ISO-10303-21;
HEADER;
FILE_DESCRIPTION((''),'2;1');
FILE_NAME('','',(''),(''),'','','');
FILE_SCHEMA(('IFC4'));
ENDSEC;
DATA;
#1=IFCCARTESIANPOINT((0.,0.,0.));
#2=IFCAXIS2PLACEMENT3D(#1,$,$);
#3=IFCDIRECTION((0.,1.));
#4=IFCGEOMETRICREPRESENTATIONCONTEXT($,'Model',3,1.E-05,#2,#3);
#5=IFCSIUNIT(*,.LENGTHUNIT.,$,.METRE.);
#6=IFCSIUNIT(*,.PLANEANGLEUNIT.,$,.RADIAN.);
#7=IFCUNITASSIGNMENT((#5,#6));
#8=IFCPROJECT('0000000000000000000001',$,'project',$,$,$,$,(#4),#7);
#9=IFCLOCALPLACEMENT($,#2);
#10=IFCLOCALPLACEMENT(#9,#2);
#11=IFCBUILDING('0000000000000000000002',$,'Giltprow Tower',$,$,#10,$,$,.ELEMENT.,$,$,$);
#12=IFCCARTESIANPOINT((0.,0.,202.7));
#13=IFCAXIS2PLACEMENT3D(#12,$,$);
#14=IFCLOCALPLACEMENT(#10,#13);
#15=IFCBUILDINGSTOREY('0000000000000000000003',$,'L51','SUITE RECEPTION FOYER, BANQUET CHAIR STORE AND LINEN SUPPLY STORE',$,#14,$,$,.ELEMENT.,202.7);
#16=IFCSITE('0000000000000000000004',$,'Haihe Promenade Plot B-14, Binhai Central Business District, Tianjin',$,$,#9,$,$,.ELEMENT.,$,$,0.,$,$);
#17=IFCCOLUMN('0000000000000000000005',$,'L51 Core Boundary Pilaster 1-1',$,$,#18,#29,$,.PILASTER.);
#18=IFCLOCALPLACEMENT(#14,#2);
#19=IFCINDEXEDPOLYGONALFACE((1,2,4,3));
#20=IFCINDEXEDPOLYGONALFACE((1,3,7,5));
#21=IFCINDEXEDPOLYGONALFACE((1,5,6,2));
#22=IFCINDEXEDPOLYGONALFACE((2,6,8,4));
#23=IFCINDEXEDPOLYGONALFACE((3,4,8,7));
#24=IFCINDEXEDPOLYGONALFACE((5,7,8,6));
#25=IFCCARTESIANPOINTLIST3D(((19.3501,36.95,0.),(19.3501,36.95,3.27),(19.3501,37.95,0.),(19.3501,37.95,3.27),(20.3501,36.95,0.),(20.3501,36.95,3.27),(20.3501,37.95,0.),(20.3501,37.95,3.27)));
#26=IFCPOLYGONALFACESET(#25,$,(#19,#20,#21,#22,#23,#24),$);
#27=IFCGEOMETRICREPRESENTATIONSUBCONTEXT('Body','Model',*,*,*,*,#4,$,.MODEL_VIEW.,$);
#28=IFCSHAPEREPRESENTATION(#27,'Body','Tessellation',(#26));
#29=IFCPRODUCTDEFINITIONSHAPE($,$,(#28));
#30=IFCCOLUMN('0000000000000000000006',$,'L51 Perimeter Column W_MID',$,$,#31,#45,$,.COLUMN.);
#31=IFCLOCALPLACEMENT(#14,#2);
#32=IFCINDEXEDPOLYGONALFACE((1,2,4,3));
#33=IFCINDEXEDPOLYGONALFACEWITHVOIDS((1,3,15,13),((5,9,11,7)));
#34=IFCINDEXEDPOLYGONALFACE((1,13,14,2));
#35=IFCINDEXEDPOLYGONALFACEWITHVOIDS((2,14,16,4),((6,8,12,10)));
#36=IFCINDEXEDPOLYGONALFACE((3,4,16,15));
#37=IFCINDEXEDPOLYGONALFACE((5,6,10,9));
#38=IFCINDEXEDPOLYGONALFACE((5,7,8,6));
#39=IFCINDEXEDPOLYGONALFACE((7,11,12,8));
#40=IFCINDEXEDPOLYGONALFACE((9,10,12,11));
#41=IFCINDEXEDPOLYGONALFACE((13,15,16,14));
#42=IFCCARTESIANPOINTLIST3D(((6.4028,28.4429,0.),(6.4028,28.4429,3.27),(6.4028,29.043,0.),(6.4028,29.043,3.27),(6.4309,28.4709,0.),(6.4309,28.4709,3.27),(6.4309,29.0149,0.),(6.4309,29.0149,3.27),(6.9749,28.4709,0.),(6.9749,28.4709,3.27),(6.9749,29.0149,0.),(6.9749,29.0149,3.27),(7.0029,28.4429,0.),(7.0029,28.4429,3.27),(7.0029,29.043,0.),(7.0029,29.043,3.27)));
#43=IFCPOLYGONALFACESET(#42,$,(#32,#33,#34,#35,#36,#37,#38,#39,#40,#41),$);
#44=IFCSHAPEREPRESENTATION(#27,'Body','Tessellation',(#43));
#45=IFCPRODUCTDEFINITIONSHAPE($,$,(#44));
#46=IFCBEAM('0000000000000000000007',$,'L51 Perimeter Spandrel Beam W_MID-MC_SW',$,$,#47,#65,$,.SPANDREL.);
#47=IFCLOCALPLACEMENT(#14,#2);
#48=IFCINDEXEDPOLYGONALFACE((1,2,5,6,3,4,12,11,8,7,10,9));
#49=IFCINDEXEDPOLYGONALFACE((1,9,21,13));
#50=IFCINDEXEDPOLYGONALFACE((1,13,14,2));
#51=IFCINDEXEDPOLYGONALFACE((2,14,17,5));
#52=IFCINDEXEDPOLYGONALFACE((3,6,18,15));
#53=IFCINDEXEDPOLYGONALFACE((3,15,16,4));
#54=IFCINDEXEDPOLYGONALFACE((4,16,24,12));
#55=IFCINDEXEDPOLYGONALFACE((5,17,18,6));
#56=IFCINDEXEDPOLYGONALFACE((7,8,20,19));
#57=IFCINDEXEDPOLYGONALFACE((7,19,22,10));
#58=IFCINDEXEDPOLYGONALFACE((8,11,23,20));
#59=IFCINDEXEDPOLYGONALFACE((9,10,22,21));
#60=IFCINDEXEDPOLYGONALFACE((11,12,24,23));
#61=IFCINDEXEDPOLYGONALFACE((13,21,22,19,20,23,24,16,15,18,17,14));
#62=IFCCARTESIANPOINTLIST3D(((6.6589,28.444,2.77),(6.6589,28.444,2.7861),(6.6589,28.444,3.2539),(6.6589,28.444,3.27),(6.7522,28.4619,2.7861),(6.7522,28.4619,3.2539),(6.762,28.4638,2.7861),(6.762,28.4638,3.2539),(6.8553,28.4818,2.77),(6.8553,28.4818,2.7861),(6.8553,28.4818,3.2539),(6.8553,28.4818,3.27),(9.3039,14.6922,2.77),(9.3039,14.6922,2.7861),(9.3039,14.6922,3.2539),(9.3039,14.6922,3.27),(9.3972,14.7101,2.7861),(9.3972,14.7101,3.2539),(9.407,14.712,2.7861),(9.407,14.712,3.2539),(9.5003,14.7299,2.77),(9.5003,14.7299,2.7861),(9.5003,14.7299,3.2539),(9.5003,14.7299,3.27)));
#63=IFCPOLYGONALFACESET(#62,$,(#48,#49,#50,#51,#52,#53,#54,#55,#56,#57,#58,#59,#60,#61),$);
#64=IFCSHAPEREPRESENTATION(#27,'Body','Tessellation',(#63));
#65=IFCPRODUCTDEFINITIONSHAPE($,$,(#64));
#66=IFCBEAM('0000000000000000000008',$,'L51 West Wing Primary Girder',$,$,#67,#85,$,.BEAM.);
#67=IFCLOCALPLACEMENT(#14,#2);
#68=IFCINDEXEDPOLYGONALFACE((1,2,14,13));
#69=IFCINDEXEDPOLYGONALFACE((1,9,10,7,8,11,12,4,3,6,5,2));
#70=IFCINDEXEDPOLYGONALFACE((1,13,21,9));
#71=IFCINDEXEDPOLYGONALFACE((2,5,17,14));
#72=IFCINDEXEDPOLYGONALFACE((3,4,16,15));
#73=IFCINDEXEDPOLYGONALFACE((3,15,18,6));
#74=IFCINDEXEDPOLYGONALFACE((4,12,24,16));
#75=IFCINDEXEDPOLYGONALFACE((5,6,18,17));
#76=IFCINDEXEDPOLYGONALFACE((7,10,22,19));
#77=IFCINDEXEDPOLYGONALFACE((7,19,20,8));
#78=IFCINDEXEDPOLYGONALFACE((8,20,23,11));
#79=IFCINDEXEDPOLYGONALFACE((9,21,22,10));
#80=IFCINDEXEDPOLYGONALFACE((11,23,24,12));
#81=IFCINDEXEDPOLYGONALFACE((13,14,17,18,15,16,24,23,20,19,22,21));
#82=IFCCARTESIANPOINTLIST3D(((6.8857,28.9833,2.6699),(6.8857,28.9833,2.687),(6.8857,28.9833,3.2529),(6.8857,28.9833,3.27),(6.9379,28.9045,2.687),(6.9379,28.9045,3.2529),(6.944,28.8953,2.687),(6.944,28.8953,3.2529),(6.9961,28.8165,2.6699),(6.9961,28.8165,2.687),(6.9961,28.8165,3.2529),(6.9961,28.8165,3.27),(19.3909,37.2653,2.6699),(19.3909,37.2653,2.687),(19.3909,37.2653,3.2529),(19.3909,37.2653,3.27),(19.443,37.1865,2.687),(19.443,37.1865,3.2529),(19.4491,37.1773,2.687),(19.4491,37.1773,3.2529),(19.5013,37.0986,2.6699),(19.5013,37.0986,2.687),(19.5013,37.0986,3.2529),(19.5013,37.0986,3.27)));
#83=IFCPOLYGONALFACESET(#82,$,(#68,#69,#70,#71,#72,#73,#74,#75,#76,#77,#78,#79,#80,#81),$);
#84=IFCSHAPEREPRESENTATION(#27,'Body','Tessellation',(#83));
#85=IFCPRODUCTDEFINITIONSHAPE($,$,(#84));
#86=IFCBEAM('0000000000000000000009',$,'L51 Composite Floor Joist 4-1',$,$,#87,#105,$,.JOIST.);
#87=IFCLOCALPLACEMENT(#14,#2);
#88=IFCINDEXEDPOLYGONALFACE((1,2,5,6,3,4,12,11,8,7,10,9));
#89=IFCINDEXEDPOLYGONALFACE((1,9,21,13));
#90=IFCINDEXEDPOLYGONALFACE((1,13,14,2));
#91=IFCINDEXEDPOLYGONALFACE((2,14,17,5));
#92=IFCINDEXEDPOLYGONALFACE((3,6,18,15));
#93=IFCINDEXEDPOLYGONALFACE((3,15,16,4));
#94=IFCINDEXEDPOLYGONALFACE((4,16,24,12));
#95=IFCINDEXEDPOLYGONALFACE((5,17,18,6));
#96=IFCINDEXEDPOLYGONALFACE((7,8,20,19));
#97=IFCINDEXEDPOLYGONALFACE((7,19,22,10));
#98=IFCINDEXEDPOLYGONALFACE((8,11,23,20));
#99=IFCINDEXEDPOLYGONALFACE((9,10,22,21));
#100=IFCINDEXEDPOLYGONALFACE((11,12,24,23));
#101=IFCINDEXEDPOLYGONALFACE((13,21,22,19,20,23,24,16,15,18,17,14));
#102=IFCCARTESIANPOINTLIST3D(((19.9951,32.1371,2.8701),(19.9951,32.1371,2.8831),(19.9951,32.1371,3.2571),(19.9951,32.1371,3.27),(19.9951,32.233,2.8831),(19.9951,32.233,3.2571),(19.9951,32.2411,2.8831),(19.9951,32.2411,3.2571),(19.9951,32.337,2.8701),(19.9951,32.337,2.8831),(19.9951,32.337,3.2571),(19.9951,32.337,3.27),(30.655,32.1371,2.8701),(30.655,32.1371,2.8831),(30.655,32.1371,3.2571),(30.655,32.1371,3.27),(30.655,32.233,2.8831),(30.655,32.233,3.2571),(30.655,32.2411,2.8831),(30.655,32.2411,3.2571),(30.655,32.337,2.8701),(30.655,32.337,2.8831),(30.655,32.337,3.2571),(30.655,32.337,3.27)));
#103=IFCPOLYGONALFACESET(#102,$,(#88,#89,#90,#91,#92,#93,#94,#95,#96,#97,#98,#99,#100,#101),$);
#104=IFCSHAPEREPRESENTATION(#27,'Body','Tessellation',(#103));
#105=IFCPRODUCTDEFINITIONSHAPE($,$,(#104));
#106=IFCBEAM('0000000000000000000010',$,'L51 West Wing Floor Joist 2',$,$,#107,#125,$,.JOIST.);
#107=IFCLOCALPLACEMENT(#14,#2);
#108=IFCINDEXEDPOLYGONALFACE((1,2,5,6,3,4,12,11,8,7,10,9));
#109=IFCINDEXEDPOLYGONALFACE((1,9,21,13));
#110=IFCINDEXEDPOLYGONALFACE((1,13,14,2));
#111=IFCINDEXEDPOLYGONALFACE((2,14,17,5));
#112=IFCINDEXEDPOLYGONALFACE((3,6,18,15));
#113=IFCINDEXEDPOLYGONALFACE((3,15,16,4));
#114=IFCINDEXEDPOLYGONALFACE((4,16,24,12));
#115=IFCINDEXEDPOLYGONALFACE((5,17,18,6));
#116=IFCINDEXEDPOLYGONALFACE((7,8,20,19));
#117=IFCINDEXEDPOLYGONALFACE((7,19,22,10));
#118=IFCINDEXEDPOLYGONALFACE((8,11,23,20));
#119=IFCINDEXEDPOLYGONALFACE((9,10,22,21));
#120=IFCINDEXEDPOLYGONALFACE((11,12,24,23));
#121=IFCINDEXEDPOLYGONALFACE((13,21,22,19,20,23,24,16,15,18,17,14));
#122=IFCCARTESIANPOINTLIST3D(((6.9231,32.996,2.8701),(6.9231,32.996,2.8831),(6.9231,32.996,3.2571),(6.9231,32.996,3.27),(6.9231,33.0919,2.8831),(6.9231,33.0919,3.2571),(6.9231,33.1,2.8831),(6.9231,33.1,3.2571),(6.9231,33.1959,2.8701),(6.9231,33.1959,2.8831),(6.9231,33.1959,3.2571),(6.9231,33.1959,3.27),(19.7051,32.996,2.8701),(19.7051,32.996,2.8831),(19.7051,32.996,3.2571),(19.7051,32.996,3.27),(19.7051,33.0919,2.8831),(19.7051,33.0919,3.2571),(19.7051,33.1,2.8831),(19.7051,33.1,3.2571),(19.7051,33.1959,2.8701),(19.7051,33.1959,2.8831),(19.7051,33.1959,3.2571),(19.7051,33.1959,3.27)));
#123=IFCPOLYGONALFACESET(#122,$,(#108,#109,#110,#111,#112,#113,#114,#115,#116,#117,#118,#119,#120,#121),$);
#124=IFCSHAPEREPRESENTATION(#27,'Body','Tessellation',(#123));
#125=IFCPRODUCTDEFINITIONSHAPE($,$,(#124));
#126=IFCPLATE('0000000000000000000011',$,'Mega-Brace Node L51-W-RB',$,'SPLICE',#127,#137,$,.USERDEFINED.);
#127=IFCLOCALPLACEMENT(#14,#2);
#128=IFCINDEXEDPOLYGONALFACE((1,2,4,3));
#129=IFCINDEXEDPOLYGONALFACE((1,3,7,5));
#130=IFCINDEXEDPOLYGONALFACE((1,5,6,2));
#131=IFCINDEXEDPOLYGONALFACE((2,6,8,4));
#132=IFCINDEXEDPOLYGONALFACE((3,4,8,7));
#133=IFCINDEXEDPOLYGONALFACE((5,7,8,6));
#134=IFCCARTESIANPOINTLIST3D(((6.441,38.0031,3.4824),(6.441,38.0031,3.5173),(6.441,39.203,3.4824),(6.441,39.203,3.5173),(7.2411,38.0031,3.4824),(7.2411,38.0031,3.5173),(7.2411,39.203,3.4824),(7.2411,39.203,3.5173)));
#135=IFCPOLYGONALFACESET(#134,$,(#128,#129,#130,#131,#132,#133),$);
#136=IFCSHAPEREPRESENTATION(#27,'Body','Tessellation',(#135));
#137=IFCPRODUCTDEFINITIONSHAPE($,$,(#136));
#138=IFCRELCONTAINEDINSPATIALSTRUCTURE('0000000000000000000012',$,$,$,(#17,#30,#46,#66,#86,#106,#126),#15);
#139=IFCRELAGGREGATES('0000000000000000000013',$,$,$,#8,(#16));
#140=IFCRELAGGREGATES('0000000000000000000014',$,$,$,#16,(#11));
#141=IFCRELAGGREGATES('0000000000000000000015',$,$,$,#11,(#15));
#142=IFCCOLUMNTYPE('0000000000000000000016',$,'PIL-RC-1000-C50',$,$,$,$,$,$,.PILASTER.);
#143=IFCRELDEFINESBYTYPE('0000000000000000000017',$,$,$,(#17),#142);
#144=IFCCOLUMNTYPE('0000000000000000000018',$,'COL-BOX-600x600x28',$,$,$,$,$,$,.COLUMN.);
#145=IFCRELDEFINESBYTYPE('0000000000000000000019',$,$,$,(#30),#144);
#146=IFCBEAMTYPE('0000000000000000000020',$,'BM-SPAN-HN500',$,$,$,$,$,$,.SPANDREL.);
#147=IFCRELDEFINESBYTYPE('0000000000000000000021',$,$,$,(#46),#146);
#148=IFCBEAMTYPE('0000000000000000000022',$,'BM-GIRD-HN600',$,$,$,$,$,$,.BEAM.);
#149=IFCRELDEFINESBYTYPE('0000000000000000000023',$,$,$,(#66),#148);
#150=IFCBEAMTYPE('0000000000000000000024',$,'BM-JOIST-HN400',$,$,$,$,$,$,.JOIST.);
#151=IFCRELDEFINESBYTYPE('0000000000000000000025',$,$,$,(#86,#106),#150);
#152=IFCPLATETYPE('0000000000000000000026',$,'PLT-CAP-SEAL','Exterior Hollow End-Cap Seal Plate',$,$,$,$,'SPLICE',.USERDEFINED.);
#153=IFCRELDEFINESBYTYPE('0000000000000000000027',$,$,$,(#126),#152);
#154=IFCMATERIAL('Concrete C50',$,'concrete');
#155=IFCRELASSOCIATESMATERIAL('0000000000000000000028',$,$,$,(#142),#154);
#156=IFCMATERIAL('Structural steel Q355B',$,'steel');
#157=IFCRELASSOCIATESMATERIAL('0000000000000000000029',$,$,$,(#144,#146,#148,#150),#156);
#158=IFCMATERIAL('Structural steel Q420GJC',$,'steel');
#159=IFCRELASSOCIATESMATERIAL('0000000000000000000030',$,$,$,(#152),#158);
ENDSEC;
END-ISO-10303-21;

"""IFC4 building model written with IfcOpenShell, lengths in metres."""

from ifc_helpers import new_model, si_unit, direction, frame, origin, origin_2d, place, context, subcontext, project, spatial, rectangle, hollow_rectangle, i_section, extrude, source, transform, mapped, material, material_profile, profile_set, type_object, element, save


model = new_model("IFC4")

# Units and contexts
model_context = context("Model", 3, precision=1e-05, world=origin(), true_north=direction((0.0, 1.0)))
body_context = subcontext(model_context, "Body", "Model", "MODEL_VIEW")
ifc_project = project(units=[si_unit("LENGTHUNIT", "METRE"), si_unit("PLANEANGLEUNIT", "RADIAN")], contexts=[model_context])

# Site, building, storey
site_placement = place(None, origin())
site = spatial("IfcSite", under=ifc_project, at=site_placement, Name="Haihe Promenade Plot B-14, Binhai Central Business District, Tianjin", CompositionType="ELEMENT", RefElevation=0.0)
building_placement = place(site_placement, origin())
building = spatial("IfcBuilding", under=site, at=building_placement, Name="Giltprow Tower", CompositionType="ELEMENT")
storey_placement = place(building_placement, frame((0.0, 0.0, 202.7)))
storey = spatial("IfcBuildingStorey", under=building, at=storey_placement, Name="L51", Description="SUITE RECEPTION FOYER, BANQUET CHAIR STORE AND LINEN SUPPLY STORE", CompositionType="ELEMENT", Elevation=202.7)

# Columns
ifc_material_1 = material(Name="Concrete C50", Category="concrete")
ifc_material_profile_1 = material_profile(ifc_material_1, rectangle(XDim=1.0, YDim=1.0, at=origin_2d()), Name="RC 1000x1000")
ifc_profile_set_1 = profile_set([ifc_material_profile_1], Name="Concrete C50")
column_type_1 = type_object("IfcColumnType", Name="PIL-RC-1000-C50", PredefinedType="PILASTER", material=ifc_profile_set_1)
shared_shape_1 = source(origin(), body_context, "Body", "SweptSolid", [
    extrude(rectangle(XDim=1.0, YDim=1.0, at=origin_2d()), origin(), (0.0, 0.0, 1.0), 3.27),
])
column_1_placement = place(storey_placement, frame((19.8501, 37.45, 0.0), z_axis=(0.0, 0.0, 1.0), x_axis=(1.0, 0.0, 0.0)))
element("IfcColumn", 1, at=column_1_placement, inside=storey, type_object=column_type_1, Name="L51 Core Boundary Pilaster 1-1", PredefinedType="PILASTER", context=body_context, shape_type="MappedRepresentation", body=[
    mapped(shared_shape_1, transform((0.0, 0.0, 0.0), x_axis=(1.0, 0.0, 0.0), y_axis=(0.0, 1.0, 0.0), z_axis=(0.0, 0.0, 1.0), scale=1.0)),
])
ifc_material_2 = material(Name="Structural steel Q355B", Category="steel")
ifc_material_profile_2 = material_profile(ifc_material_2, hollow_rectangle(XDim=0.6001, YDim=0.6001, WallThickness=0.0281, at=origin_2d()), Name="BOX 600x600x28")
ifc_profile_set_2 = profile_set([ifc_material_profile_2], Name="Structural steel Q355B")
column_type_2 = type_object("IfcColumnType", Name="COL-BOX-600x600x28", PredefinedType="COLUMN", material=ifc_profile_set_2)
shared_shape_2 = source(origin(), body_context, "Body", "SweptSolid", [
    extrude(hollow_rectangle(XDim=0.6001, YDim=0.6001, WallThickness=0.0281, at=origin_2d()), origin(), (0.0, 0.0, 1.0), 3.27),
])
column_2_placement = place(storey_placement, frame((6.7029, 28.7429, 0.0), z_axis=(0.0, 0.0, 1.0), x_axis=(1.0, 0.0, 0.0)))
element("IfcColumn", 2, at=column_2_placement, inside=storey, type_object=column_type_2, Name="L51 Perimeter Column W_MID", PredefinedType="COLUMN", context=body_context, shape_type="MappedRepresentation", body=[
    mapped(shared_shape_2, transform((0.0, 0.0, 0.0), x_axis=(1.0, 0.0, 0.0), y_axis=(0.0, 1.0, 0.0), z_axis=(0.0, 0.0, 1.0), scale=1.0)),
])

# Beams
ifc_material_profile_3 = material_profile(ifc_material_2, i_section(OverallWidth=0.2, OverallDepth=0.5, WebThickness=0.01, FlangeThickness=0.0161, at=origin_2d()), Name="HN 500x200x10x16")
ifc_profile_set_3 = profile_set([ifc_material_profile_3], Name="Structural steel Q355B")
beam_type_1 = type_object("IfcBeamType", Name="BM-SPAN-HN500", PredefinedType="SPANDREL", material=ifc_profile_set_3)
shared_shape_3 = source(origin(), body_context, "Body", "SweptSolid", [
    extrude(i_section(OverallWidth=0.2, OverallDepth=0.5, WebThickness=0.01, FlangeThickness=0.0161, at=origin_2d()), origin(), (0.0, 0.0, 1.0), 14.0039),
])
beam_1_placement = place(storey_placement, frame((6.7571, 28.4629, 3.02), z_axis=(0.188876, -0.982001, 0.0), x_axis=(0.982001, 0.188876, 0.0)))
element("IfcBeam", 3, at=beam_1_placement, inside=storey, type_object=beam_type_1, Name="L51 Perimeter Spandrel Beam W_MID-MC_SW", PredefinedType="SPANDREL", context=body_context, shape_type="MappedRepresentation", body=[
    mapped(shared_shape_3, transform((0.0, 0.0, 0.0), x_axis=(1.0, 0.0, 0.0), y_axis=(0.0, 1.0, 0.0), z_axis=(0.0, 0.0, 1.0), scale=1.0)),
])
ifc_material_profile_4 = material_profile(ifc_material_2, i_section(OverallWidth=0.2, OverallDepth=0.6001, WebThickness=0.011, FlangeThickness=0.0171, at=origin_2d()), Name="HN 600x200x11x17")
ifc_profile_set_4 = profile_set([ifc_material_profile_4], Name="Structural steel Q355B")
beam_type_2 = type_object("IfcBeamType", Name="BM-GIRD-HN600", PredefinedType="BEAM", material=ifc_profile_set_4)
shared_shape_4 = source(origin(), body_context, "Body", "SweptSolid", [
    extrude(i_section(OverallWidth=0.2, OverallDepth=0.6001, WebThickness=0.011, FlangeThickness=0.0171, at=origin_2d()), origin(), (0.0, 0.0, 1.0), 14.999),
])
beam_2_placement = place(storey_placement, frame((6.9409, 28.8999, 2.97), z_axis=(0.833732, 0.55217, 0.0), x_axis=(-0.55217, 0.833732, 0.0)))
element("IfcBeam", 4, at=beam_2_placement, inside=storey, type_object=beam_type_2, Name="L51 West Wing Primary Girder", PredefinedType="BEAM", context=body_context, shape_type="MappedRepresentation", body=[
    mapped(shared_shape_4, transform((0.0, 0.0, 0.0), x_axis=(1.0, 0.0, 0.0), y_axis=(0.0, 1.0, 0.0), z_axis=(0.0, 0.0, 1.0), scale=1.0)),
])
ifc_material_profile_5 = material_profile(ifc_material_2, i_section(OverallWidth=0.2, OverallDepth=0.3999, WebThickness=0.0081, FlangeThickness=0.0129, at=origin_2d()), Name="HN 400x200x8x13")
ifc_profile_set_5 = profile_set([ifc_material_profile_5], Name="Structural steel Q355B")
beam_type_3 = type_object("IfcBeamType", Name="BM-JOIST-HN400", PredefinedType="JOIST", material=ifc_profile_set_5)
shared_shape_5 = source(origin(), body_context, "Body", "SweptSolid", [
    extrude(i_section(OverallWidth=0.2, OverallDepth=0.3999, WebThickness=0.0081, FlangeThickness=0.0129, at=origin_2d()), origin(), (0.0, 0.0, 1.0), 10.6599),
])
beam_3_placement = place(storey_placement, frame((19.9951, 32.2371, 3.0701), z_axis=(1.0, 0.0, 0.0), x_axis=(0.0, 1.0, 0.0)))
element("IfcBeam", 5, at=beam_3_placement, inside=storey, type_object=beam_type_3, Name="L51 Composite Floor Joist 4-1", PredefinedType="JOIST", context=body_context, shape_type="MappedRepresentation", body=[
    mapped(shared_shape_5, transform((0.0, 0.0, 0.0), x_axis=(1.0, 0.0, 0.0), y_axis=(0.0, 1.0, 0.0), z_axis=(0.0, 0.0, 1.0), scale=1.0)),
])
shared_shape_6 = source(origin(), body_context, "Body", "SweptSolid", [
    extrude(i_section(OverallWidth=0.2, OverallDepth=0.3999, WebThickness=0.0081, FlangeThickness=0.0129, at=origin_2d()), origin(), (0.0, 0.0, 1.0), 12.782),
])
beam_4_placement = place(storey_placement, frame((6.9231, 33.0959, 3.0701), z_axis=(1.0, 0.0, 0.0), x_axis=(0.0, 1.0, 0.0)))
element("IfcBeam", 6, at=beam_4_placement, inside=storey, type_object=beam_type_3, Name="L51 West Wing Floor Joist 2", PredefinedType="JOIST", context=body_context, shape_type="MappedRepresentation", body=[
    mapped(shared_shape_6, transform((0.0, 0.0, 0.0), x_axis=(1.0, 0.0, 0.0), y_axis=(0.0, 1.0, 0.0), z_axis=(0.0, 0.0, 1.0), scale=1.0)),
])

# Plate
ifc_material_3 = material(Name="Structural steel Q420GJC", Category="steel")
plate_type = type_object("IfcPlateType", Name="PLT-CAP-SEAL", Description="Exterior Hollow End-Cap Seal Plate", ElementType="SPLICE", PredefinedType="USERDEFINED", material=ifc_material_3)
shared_shape_7 = source(origin(), body_context, "Body", "SweptSolid", [
    extrude(rectangle(XDim=1.2, YDim=0.8, at=origin_2d()), origin(), (0.0, 0.0, 1.0), 0.0349),
])
plate_placement = place(storey_placement, frame((6.8411, 38.603, 3.4824), z_axis=(0.0, 0.0, 1.0), x_axis=(0.0, 1.0, 0.0)))
element("IfcPlate", 7, at=plate_placement, inside=storey, type_object=plate_type, Name="Mega-Brace Node L51-W-RB", ObjectType="SPLICE", PredefinedType="USERDEFINED", context=body_context, shape_type="MappedRepresentation", body=[
    mapped(shared_shape_7, transform((0.0, 0.0, 0.0), x_axis=(1.0, 0.0, 0.0), y_axis=(0.0, 1.0, 0.0), z_axis=(0.0, 0.0, 1.0), scale=1.0)),
])

save(model, "model.ifc")
